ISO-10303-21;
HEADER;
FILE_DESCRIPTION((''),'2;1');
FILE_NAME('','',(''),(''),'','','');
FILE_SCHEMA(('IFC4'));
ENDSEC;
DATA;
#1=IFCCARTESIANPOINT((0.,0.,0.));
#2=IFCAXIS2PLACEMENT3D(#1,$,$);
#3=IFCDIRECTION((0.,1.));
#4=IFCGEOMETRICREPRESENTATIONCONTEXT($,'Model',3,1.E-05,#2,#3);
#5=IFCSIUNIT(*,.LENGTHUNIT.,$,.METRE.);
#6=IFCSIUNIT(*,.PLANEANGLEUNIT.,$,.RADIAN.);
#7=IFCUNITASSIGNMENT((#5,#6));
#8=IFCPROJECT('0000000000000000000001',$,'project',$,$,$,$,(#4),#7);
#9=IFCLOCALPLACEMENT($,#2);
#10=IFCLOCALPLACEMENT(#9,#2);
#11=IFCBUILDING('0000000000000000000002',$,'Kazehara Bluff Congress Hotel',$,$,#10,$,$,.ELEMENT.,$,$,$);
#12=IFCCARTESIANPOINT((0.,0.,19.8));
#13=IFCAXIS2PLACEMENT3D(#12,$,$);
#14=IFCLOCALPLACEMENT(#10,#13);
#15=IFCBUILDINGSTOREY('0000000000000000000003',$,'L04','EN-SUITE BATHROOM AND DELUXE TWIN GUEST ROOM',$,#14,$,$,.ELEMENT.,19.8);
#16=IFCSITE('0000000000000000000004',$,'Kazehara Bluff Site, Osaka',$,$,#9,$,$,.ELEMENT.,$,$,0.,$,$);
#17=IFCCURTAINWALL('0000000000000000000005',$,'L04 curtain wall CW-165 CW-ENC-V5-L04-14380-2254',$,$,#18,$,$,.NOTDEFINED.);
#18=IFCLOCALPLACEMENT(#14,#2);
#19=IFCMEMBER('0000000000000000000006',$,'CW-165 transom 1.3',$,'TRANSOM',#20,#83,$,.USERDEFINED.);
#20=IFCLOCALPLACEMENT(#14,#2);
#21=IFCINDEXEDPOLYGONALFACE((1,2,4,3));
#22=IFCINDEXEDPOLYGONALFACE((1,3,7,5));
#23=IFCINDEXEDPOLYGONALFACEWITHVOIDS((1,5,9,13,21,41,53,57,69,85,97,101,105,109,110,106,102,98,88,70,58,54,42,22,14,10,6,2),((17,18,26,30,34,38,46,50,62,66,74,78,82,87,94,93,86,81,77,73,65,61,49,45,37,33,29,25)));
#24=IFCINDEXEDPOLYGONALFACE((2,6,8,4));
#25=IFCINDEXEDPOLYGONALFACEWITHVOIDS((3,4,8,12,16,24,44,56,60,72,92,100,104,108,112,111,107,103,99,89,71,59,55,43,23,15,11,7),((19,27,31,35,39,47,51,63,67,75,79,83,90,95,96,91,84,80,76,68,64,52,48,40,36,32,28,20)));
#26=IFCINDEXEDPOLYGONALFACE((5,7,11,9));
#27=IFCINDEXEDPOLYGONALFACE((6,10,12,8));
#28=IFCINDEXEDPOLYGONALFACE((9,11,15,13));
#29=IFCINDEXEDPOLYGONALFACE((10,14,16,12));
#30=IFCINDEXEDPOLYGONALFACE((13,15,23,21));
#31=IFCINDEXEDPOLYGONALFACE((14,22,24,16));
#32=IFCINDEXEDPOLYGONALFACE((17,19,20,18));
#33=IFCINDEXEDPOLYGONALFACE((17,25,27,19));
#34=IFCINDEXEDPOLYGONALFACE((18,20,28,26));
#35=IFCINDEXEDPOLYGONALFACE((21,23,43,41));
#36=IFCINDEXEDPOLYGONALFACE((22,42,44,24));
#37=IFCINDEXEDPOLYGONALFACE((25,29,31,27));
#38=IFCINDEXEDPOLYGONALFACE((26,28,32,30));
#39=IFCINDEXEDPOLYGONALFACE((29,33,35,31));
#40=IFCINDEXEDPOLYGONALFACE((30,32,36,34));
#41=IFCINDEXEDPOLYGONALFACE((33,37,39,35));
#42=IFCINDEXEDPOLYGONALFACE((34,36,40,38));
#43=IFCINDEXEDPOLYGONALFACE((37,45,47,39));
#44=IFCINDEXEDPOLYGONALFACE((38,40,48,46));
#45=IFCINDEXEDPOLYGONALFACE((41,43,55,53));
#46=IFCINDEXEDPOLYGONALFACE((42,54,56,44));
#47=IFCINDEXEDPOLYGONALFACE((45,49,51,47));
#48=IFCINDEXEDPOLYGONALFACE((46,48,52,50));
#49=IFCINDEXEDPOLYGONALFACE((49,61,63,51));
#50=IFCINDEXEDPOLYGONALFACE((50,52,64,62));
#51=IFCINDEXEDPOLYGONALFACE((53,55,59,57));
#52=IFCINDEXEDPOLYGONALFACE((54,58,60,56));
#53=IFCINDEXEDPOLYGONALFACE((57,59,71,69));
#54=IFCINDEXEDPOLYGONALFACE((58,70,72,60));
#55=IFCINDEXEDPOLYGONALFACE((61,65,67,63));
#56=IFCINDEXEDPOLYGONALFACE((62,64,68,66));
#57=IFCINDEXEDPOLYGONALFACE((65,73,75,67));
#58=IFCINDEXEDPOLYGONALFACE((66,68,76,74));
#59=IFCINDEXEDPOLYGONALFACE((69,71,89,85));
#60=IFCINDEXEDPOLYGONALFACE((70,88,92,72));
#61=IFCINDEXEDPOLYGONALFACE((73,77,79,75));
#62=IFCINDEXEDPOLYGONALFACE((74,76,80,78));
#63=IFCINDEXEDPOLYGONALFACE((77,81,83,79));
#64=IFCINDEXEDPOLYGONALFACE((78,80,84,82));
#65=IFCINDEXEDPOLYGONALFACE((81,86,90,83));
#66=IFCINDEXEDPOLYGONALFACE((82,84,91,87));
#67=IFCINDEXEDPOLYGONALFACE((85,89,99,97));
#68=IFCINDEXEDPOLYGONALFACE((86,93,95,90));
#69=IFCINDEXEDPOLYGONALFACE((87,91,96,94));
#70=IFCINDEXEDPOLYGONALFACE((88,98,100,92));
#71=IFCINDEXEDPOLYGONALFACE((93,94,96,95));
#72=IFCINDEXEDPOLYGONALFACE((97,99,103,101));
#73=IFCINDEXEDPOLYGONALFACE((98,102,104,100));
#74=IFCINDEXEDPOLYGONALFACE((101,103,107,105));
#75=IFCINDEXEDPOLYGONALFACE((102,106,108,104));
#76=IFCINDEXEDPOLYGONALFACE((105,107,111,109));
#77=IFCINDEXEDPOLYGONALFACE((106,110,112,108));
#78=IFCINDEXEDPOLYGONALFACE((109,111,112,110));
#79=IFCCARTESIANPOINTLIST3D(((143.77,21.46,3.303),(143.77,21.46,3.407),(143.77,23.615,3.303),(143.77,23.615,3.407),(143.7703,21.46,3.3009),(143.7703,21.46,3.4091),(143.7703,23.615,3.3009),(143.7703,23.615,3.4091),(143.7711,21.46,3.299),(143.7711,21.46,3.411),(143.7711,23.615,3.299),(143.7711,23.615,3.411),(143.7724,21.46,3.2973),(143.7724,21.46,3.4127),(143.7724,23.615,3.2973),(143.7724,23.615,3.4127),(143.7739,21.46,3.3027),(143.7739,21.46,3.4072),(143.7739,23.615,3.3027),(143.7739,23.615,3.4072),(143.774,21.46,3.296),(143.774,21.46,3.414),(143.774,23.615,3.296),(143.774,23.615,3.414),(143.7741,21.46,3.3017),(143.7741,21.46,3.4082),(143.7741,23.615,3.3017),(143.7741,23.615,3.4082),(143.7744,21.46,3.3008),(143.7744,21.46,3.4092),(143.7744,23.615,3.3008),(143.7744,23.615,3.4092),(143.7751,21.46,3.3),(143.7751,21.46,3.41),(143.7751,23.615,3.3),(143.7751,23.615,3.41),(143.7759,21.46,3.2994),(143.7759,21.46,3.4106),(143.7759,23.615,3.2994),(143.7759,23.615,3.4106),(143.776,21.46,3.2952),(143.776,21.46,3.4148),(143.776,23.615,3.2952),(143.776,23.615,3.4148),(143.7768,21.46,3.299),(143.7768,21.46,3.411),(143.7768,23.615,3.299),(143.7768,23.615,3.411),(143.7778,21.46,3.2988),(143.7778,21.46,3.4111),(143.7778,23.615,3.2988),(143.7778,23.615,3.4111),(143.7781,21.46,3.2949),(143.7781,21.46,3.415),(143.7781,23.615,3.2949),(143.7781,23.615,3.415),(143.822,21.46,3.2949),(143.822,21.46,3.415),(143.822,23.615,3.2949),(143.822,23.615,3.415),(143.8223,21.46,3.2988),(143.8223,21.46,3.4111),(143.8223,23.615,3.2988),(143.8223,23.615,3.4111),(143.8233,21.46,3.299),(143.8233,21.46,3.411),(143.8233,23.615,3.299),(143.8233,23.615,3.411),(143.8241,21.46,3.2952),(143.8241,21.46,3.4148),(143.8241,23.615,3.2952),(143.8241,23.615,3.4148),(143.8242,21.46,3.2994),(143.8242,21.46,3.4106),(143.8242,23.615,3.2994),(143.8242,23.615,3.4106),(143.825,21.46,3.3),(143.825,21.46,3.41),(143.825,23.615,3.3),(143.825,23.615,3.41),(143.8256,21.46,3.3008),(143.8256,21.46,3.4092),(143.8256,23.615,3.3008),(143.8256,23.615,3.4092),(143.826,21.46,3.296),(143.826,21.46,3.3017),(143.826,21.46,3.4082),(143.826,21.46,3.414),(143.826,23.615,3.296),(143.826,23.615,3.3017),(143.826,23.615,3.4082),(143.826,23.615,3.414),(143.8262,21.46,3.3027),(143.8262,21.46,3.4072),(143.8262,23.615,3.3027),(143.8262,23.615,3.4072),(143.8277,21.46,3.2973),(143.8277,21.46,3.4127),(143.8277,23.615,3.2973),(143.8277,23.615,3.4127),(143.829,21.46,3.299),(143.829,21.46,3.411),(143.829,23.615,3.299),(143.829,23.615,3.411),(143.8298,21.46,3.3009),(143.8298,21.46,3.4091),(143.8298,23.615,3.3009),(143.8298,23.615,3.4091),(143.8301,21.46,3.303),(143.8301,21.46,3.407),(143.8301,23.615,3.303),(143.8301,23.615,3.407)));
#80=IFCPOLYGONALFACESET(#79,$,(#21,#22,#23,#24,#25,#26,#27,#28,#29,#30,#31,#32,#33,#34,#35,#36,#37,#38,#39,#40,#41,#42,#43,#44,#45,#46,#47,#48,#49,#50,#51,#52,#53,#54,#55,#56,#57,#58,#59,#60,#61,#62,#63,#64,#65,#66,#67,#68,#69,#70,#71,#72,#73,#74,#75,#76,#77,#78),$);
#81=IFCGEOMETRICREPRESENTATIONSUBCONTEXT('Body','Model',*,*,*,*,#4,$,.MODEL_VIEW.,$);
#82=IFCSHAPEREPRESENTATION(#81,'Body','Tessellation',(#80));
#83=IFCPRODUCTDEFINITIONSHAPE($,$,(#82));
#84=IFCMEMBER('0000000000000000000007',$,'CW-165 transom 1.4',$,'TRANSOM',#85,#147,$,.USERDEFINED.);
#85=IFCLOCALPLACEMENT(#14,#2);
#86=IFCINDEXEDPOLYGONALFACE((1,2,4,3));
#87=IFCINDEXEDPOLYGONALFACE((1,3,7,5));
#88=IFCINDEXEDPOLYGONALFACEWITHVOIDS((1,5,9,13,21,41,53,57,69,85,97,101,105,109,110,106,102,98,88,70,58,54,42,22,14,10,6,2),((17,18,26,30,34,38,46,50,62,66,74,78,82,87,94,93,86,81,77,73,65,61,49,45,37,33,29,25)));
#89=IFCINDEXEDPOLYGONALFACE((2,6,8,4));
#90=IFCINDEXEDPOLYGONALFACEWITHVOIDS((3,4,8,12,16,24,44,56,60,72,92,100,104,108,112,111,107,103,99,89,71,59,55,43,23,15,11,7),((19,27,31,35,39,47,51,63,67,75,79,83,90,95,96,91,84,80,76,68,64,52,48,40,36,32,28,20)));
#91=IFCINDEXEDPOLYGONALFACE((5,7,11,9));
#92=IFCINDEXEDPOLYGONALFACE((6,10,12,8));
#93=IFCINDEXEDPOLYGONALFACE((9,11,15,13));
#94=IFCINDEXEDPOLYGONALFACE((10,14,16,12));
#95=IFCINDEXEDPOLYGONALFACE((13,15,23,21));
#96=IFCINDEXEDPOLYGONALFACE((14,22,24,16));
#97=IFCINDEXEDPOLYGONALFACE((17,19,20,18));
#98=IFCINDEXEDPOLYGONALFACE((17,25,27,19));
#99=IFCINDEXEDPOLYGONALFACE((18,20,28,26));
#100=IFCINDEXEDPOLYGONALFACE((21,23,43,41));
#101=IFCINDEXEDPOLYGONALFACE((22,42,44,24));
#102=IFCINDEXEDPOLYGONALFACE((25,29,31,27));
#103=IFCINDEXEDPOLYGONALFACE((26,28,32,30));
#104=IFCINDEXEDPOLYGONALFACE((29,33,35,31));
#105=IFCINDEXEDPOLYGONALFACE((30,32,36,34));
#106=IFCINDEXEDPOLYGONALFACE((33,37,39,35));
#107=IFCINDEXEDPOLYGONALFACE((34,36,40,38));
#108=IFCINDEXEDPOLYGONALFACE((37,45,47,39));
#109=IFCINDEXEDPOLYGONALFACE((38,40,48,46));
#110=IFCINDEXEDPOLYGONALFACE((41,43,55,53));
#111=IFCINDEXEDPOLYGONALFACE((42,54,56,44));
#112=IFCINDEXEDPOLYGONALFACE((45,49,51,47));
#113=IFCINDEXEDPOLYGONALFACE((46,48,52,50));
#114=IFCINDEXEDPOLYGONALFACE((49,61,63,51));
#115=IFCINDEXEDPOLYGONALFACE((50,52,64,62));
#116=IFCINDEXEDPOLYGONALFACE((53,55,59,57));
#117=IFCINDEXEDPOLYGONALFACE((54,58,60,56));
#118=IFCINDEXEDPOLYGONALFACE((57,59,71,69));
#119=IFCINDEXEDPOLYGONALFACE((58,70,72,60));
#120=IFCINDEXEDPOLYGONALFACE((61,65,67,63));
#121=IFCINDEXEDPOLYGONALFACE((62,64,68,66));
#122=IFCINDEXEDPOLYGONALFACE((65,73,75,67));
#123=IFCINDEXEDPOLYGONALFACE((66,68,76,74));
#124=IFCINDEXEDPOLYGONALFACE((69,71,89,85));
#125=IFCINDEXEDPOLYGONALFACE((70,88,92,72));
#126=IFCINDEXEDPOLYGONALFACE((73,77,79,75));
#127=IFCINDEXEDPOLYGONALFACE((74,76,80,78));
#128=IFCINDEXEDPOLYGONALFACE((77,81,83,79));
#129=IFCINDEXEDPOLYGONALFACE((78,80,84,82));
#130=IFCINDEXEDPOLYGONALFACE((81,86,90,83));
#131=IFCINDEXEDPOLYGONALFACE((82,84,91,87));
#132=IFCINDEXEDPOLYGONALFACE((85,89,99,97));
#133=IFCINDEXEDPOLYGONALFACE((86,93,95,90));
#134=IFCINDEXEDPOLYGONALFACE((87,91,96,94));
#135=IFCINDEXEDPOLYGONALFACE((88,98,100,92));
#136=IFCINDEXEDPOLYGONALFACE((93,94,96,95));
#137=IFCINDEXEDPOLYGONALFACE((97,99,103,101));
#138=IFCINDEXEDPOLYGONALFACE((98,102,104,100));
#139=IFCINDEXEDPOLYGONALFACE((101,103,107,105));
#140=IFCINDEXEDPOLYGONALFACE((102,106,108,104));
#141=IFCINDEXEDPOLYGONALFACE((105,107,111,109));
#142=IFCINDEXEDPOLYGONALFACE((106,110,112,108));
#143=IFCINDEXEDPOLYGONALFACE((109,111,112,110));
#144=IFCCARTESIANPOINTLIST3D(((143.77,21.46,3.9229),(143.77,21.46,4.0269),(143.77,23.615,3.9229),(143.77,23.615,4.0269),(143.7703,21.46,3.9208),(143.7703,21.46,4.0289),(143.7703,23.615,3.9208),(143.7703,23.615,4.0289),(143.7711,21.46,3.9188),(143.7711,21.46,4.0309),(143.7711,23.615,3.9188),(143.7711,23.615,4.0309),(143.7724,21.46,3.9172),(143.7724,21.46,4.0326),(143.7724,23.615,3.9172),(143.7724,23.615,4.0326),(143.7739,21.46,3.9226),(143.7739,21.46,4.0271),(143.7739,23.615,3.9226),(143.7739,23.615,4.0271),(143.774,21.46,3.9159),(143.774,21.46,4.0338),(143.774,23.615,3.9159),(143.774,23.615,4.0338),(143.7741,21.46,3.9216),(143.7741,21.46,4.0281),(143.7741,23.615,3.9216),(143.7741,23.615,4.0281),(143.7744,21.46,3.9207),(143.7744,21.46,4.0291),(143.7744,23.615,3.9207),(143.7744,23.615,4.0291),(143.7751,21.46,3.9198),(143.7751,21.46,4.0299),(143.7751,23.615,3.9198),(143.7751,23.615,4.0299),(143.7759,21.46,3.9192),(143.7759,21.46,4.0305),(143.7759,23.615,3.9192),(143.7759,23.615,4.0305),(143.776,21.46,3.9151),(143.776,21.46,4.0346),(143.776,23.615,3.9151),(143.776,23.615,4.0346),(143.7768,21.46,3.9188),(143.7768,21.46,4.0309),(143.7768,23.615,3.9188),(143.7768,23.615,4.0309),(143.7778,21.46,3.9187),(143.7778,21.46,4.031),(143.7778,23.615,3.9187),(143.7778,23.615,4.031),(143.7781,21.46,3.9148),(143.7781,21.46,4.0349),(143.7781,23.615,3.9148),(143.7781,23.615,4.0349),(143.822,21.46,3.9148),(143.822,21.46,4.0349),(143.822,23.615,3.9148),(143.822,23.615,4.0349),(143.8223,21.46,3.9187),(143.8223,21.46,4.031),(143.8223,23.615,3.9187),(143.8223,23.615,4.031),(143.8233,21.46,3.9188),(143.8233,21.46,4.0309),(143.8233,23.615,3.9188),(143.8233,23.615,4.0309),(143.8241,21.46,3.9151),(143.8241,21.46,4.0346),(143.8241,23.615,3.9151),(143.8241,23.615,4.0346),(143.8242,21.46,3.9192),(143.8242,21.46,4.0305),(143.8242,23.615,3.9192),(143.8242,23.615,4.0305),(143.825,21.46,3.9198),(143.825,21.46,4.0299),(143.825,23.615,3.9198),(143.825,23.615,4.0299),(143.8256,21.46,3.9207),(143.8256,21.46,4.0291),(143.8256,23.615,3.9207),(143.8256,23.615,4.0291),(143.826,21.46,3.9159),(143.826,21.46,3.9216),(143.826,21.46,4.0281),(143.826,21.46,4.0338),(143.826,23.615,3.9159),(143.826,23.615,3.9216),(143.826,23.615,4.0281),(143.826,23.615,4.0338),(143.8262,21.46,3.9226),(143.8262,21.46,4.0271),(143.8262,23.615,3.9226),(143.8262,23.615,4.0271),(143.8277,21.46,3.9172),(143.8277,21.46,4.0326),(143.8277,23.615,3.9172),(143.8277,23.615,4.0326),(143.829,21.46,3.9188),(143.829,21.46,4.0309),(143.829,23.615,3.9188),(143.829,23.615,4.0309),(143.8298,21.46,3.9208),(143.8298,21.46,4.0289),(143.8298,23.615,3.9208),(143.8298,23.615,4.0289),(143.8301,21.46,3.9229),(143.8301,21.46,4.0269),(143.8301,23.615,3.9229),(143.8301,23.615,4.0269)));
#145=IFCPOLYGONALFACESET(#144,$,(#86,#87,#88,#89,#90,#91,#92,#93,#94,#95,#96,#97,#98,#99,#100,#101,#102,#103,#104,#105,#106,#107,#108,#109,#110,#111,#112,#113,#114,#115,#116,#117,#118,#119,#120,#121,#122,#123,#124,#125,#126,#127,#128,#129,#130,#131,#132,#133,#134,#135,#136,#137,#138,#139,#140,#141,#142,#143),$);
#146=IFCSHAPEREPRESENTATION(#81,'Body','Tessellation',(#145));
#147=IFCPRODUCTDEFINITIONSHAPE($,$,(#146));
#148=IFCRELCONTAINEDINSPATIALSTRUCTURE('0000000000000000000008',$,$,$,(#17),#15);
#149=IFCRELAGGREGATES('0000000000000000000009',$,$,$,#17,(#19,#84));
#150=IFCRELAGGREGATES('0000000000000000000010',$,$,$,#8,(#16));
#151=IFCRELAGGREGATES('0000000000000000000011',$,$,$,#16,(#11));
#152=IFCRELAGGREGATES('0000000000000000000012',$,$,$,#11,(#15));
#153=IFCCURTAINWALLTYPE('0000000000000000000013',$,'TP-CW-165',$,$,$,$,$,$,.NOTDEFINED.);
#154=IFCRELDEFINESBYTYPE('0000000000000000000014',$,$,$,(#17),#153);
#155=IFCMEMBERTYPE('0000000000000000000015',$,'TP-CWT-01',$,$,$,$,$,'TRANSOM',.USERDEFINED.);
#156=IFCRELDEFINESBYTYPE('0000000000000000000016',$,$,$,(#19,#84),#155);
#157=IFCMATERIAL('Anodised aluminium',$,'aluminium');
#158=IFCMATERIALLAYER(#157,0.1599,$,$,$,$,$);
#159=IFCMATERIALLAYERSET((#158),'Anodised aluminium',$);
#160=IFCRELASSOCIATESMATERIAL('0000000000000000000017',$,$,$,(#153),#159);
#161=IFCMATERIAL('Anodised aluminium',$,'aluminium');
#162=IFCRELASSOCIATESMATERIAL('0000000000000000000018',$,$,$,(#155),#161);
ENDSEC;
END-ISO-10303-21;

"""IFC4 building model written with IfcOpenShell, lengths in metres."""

from ifc_helpers import new_model, si_unit, direction, frame, origin, origin_2d, place, context, subcontext, project, spatial, hollow_rectangle, extrude, material, layer, layer_set, material_profile, profile_set, type_object, element, aggregate, save


model = new_model("IFC4")

# Units and contexts
model_context = context("Model", 3, precision=1e-05, world=origin(), true_north=direction((0.0, 1.0)))
body_context = subcontext(model_context, "Body", "Model", "MODEL_VIEW")
ifc_project = project(units=[si_unit("LENGTHUNIT", "METRE"), si_unit("PLANEANGLEUNIT", "RADIAN")], contexts=[model_context])

# Site, building, storey
site_placement = place(None, origin())
site = spatial("IfcSite", under=ifc_project, at=site_placement, Name="Kazehara Bluff Site, Osaka", CompositionType="ELEMENT", RefElevation=0.0)
building_placement = place(site_placement, origin())
building = spatial("IfcBuilding", under=site, at=building_placement, Name="Kazehara Bluff Congress Hotel", CompositionType="ELEMENT")
storey_placement = place(building_placement, frame((0.0, 0.0, 19.8)))
storey = spatial("IfcBuildingStorey", under=building, at=storey_placement, Name="L04", Description="EN-SUITE BATHROOM AND DELUXE TWIN GUEST ROOM", CompositionType="ELEMENT", Elevation=19.8)

# Curtain wall
ifc_material_1 = material(Name="Anodised aluminium", Category="aluminium")
ifc_layer_1 = layer(ifc_material_1, 0.1599)
ifc_layer_set_1 = layer_set([ifc_layer_1], Name="Anodised aluminium")
curtain_wall_type_1 = type_object("IfcCurtainWallType", Name="TP-CW-165", PredefinedType="NOTDEFINED", material=ifc_layer_set_1)
curtain_wall_1_placement = place(storey_placement, origin())
curtain_wall_1 = element("IfcCurtainWall", 1, at=curtain_wall_1_placement, inside=storey, type_object=curtain_wall_type_1, Name="L04 curtain wall CW-165 CW-ENC-V5-L04-14380-2254", PredefinedType="NOTDEFINED")

# Members
ifc_material_2 = material(Name="Anodised aluminium", Category="aluminium")
ifc_material_profile_1 = material_profile(ifc_material_2, hollow_rectangle(XDim=0.0601, YDim=0.1201, WallThickness=0.0039, InnerFilletRadius=0.0039, OuterFilletRadius=0.0081, at=origin_2d()))
ifc_profile_set_1 = profile_set([ifc_material_profile_1], Name="Anodised aluminium")
member_type_1 = type_object("IfcMemberType", Name="TP-CWT-01", ElementType="TRANSOM", PredefinedType="USERDEFINED", material=ifc_profile_set_1)
member_1_placement = place(storey_placement, frame((143.8, 21.46, 3.355), z_axis=(0.0, 1.0, 0.0), x_axis=(-1.0, 0.0, 0.0)))
member_1 = element("IfcMember", 2, at=member_1_placement, type_object=member_type_1, Name="CW-165 transom 1.3", ObjectType="TRANSOM", PredefinedType="USERDEFINED", context=body_context, shape_type="SweptSolid", body=[
    extrude(hollow_rectangle(XDim=0.0601, YDim=0.1201, WallThickness=0.0039, InnerFilletRadius=0.0039, OuterFilletRadius=0.0081, at=origin_2d()), origin(), (0.0, 0.0, 1.0), 2.155),
])
member_2_placement = place(storey_placement, frame((143.8, 21.46, 3.9749), z_axis=(0.0, 1.0, 0.0), x_axis=(-1.0, 0.0, 0.0)))
member_2 = element("IfcMember", 3, at=member_2_placement, type_object=member_type_1, Name="CW-165 transom 1.4", ObjectType="TRANSOM", PredefinedType="USERDEFINED", context=body_context, shape_type="SweptSolid", body=[
    extrude(hollow_rectangle(XDim=0.0601, YDim=0.1201, WallThickness=0.0039, InnerFilletRadius=0.0039, OuterFilletRadius=0.0081, at=origin_2d()), origin(), (0.0, 0.0, 1.0), 2.155),
])

aggregate(curtain_wall_1, [member_1, member_2])

save(model, "model.ifc")
